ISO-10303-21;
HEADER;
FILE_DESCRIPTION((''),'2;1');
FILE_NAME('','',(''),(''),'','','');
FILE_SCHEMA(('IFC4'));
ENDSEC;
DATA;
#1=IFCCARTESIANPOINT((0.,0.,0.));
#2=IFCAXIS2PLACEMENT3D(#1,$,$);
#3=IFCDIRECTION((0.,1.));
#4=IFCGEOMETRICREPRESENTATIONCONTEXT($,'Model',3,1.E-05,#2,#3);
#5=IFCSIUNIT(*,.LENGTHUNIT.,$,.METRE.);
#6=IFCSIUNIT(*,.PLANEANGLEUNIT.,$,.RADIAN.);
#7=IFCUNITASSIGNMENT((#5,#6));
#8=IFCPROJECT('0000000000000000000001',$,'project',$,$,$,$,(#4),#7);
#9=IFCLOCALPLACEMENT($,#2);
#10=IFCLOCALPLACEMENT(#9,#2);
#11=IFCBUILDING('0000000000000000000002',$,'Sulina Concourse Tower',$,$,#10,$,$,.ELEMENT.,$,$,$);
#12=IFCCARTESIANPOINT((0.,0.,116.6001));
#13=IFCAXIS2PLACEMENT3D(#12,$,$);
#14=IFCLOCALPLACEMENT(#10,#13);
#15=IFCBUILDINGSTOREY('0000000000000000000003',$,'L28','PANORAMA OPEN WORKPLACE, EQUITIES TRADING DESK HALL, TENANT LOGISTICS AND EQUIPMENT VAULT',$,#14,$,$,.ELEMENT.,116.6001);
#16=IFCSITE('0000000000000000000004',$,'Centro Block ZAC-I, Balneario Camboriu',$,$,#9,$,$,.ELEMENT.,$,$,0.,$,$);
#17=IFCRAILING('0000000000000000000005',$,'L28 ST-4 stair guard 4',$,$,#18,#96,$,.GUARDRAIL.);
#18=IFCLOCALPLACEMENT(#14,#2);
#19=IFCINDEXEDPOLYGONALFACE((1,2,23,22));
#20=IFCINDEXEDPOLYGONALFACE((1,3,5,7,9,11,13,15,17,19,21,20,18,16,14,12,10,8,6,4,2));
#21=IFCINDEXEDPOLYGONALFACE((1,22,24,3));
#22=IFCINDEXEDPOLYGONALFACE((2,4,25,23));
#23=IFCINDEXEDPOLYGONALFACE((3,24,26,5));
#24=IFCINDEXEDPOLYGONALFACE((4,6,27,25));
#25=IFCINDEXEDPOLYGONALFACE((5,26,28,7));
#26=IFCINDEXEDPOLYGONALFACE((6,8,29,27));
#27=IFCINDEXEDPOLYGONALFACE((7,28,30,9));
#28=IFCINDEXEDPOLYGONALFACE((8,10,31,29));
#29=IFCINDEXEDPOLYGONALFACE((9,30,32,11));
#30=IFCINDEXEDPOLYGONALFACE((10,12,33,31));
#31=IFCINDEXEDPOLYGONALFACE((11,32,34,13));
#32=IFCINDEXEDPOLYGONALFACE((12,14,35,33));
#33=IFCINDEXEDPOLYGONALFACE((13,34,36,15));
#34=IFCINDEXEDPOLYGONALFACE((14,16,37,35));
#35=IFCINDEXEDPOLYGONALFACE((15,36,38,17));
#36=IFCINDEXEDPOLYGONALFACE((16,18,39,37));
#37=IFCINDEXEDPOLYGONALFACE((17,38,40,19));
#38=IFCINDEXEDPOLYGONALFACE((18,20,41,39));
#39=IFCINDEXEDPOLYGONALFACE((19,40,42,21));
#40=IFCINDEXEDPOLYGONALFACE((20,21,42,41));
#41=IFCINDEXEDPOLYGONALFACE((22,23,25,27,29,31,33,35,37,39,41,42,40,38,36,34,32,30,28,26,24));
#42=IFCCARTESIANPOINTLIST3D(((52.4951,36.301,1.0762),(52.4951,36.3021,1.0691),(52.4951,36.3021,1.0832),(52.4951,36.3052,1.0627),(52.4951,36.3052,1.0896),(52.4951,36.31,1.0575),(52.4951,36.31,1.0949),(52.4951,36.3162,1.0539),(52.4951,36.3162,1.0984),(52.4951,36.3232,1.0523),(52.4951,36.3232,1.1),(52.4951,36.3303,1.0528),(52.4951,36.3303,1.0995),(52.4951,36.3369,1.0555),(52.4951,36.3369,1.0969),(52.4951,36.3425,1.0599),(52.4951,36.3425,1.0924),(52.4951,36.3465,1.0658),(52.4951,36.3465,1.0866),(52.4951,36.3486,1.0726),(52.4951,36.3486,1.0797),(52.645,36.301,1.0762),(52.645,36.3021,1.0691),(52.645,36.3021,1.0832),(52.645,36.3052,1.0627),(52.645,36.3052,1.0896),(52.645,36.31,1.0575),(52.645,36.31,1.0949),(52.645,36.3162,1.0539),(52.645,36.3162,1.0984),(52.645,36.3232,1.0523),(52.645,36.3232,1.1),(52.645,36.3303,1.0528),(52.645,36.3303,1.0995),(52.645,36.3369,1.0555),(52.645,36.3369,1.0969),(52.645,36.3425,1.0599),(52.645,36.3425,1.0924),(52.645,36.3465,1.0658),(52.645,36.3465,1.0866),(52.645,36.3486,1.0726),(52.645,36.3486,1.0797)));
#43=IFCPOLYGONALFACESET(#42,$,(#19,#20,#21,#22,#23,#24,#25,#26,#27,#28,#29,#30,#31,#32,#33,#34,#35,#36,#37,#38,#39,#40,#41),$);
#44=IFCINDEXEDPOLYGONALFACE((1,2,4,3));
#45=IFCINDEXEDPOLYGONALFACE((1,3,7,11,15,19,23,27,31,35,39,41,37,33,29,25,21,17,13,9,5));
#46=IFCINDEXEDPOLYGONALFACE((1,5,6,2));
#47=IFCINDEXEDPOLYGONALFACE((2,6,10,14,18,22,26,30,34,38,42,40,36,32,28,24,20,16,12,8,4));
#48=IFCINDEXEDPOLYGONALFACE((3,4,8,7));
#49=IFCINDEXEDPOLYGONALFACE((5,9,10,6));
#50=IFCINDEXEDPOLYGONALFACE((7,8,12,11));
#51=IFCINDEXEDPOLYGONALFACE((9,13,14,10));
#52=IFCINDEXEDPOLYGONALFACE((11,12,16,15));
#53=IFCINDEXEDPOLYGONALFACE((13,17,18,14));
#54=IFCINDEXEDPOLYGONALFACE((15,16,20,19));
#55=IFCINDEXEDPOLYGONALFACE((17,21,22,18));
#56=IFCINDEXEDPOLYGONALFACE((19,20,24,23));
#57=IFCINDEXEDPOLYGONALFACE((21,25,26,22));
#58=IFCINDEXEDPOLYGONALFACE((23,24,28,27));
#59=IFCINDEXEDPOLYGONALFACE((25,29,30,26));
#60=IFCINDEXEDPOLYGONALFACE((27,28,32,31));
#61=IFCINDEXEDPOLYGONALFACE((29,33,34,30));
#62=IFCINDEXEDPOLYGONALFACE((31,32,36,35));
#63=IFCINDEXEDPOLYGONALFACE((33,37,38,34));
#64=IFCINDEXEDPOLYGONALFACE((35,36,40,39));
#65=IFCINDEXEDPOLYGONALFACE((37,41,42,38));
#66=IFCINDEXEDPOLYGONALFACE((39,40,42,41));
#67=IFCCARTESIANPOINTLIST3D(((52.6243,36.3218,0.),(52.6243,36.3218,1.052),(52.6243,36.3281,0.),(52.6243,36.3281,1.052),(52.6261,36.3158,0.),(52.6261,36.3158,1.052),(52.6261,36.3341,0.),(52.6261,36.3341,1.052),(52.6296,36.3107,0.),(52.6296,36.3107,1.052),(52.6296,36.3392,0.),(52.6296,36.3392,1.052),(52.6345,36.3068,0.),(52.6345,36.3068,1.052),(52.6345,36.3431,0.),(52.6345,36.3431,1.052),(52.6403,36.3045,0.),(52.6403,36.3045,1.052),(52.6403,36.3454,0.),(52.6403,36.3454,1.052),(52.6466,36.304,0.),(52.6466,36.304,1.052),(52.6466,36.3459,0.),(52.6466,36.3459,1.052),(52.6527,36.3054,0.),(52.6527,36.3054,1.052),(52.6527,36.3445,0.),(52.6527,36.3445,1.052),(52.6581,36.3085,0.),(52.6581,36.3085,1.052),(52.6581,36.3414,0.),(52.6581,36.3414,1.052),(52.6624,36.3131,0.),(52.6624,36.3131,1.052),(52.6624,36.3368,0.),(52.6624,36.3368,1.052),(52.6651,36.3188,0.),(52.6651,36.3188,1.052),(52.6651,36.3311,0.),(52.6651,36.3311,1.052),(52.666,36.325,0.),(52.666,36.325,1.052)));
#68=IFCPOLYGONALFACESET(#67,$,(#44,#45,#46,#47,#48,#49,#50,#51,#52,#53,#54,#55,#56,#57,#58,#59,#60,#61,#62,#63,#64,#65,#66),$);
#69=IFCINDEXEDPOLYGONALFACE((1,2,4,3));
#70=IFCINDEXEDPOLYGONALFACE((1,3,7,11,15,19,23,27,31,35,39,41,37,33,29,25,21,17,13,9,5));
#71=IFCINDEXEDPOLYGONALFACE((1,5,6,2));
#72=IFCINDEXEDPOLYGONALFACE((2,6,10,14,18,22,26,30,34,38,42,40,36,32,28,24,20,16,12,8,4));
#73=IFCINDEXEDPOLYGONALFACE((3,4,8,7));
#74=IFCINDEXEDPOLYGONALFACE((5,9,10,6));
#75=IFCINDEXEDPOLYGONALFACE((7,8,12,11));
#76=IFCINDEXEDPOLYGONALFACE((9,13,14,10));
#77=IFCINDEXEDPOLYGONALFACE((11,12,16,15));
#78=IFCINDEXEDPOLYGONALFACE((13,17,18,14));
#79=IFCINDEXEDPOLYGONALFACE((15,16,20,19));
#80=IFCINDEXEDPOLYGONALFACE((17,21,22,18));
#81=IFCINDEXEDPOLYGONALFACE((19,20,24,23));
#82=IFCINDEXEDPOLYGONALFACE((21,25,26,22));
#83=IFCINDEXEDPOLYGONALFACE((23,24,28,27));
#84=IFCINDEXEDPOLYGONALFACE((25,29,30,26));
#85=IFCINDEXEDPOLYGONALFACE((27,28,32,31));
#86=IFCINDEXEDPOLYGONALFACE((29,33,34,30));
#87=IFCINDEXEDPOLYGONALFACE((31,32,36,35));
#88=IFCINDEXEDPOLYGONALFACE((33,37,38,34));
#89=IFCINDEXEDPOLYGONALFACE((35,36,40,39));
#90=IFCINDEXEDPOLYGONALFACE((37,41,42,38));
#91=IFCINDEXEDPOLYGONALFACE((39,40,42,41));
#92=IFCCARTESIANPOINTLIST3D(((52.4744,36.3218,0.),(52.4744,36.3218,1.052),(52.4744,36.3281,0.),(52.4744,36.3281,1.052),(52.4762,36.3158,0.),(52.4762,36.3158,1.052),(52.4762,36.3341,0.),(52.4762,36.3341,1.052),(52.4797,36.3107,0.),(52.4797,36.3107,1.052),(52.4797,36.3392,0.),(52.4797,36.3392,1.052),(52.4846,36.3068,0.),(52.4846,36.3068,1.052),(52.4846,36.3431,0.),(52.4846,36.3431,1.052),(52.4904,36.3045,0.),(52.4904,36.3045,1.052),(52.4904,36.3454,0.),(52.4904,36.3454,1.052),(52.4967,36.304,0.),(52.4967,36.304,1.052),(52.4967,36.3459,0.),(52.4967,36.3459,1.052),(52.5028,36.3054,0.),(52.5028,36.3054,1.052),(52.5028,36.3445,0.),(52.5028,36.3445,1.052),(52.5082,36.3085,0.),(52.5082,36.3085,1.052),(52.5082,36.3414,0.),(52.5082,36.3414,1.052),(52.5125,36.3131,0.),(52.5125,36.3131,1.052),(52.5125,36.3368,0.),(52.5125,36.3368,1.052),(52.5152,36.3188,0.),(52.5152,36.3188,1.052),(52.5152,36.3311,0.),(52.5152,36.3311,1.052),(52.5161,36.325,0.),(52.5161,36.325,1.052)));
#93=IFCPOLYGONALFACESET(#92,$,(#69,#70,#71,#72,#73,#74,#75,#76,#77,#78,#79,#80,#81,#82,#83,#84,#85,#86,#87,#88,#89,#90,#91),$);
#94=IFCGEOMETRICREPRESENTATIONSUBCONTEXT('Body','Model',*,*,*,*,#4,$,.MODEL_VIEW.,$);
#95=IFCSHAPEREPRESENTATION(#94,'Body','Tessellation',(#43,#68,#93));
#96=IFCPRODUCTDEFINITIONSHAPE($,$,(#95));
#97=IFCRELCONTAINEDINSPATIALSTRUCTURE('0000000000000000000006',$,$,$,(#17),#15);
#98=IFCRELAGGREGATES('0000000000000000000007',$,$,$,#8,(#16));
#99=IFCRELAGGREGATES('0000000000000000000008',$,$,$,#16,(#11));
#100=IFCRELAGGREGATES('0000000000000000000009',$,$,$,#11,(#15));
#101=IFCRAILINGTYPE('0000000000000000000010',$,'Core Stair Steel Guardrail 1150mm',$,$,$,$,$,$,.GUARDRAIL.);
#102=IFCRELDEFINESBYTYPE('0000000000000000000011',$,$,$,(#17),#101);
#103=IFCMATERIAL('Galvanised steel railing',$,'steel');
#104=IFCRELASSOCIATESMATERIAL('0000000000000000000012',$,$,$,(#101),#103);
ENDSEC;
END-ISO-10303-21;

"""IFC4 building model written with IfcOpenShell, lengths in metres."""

from ifc_helpers import new_model, si_unit, direction, frame, origin, origin_2d, place, context, subcontext, project, spatial, circle, extrude, material, type_object, element, save


model = new_model("IFC4")

# Units and contexts
model_context = context("Model", 3, precision=1e-05, world=origin(), true_north=direction((0.0, 1.0)))
body_context = subcontext(model_context, "Body", "Model", "MODEL_VIEW")
ifc_project = project(units=[si_unit("LENGTHUNIT", "METRE"), si_unit("PLANEANGLEUNIT", "RADIAN")], contexts=[model_context])

# Site, building, storey
site_placement = place(None, origin())
site = spatial("IfcSite", under=ifc_project, at=site_placement, Name="Centro Block ZAC-I, Balneario Camboriu", CompositionType="ELEMENT", RefElevation=0.0)
building_placement = place(site_placement, origin())
building = spatial("IfcBuilding", under=site, at=building_placement, Name="Sulina Concourse Tower", CompositionType="ELEMENT")
storey_placement = place(building_placement, frame((0.0, 0.0, 116.6001)))
storey = spatial("IfcBuildingStorey", under=building, at=storey_placement, Name="L28", Description="PANORAMA OPEN WORKPLACE, EQUITIES TRADING DESK HALL, TENANT LOGISTICS AND EQUIPMENT VAULT", CompositionType="ELEMENT", Elevation=116.6001)

# Railing
ifc_material_1 = material(Name="Galvanised steel railing", Category="steel")
railing_type_1 = type_object("IfcRailingType", Name="Core Stair Steel Guardrail 1150mm", PredefinedType="GUARDRAIL", material=ifc_material_1)
railing_1_placement = place(storey_placement, frame((52.645, 36.325, 0.0)))
element("IfcRailing", 1, at=railing_1_placement, inside=storey, type_object=railing_type_1, Name="L28 ST-4 stair guard 4", PredefinedType="GUARDRAIL", context=body_context, shape_type="SweptSolid", body=[
    extrude(circle(Radius=0.0239, at=origin_2d()), frame((0.0, 0.0, 1.0762), z_axis=(-1.0, 0.0, 0.0), x_axis=(0.0, -1.0, 0.0)), (0.0, 0.0, 1.0), 0.1499),
    extrude(circle(Radius=0.021, at=origin_2d()), origin(), (0.0, 0.0, 1.0), 1.052),
    extrude(circle(Radius=0.021, at=origin_2d()), frame((-0.1499, 0.0, 0.0)), (0.0, 0.0, 1.0), 1.052),
])

save(model, "model.ifc")
